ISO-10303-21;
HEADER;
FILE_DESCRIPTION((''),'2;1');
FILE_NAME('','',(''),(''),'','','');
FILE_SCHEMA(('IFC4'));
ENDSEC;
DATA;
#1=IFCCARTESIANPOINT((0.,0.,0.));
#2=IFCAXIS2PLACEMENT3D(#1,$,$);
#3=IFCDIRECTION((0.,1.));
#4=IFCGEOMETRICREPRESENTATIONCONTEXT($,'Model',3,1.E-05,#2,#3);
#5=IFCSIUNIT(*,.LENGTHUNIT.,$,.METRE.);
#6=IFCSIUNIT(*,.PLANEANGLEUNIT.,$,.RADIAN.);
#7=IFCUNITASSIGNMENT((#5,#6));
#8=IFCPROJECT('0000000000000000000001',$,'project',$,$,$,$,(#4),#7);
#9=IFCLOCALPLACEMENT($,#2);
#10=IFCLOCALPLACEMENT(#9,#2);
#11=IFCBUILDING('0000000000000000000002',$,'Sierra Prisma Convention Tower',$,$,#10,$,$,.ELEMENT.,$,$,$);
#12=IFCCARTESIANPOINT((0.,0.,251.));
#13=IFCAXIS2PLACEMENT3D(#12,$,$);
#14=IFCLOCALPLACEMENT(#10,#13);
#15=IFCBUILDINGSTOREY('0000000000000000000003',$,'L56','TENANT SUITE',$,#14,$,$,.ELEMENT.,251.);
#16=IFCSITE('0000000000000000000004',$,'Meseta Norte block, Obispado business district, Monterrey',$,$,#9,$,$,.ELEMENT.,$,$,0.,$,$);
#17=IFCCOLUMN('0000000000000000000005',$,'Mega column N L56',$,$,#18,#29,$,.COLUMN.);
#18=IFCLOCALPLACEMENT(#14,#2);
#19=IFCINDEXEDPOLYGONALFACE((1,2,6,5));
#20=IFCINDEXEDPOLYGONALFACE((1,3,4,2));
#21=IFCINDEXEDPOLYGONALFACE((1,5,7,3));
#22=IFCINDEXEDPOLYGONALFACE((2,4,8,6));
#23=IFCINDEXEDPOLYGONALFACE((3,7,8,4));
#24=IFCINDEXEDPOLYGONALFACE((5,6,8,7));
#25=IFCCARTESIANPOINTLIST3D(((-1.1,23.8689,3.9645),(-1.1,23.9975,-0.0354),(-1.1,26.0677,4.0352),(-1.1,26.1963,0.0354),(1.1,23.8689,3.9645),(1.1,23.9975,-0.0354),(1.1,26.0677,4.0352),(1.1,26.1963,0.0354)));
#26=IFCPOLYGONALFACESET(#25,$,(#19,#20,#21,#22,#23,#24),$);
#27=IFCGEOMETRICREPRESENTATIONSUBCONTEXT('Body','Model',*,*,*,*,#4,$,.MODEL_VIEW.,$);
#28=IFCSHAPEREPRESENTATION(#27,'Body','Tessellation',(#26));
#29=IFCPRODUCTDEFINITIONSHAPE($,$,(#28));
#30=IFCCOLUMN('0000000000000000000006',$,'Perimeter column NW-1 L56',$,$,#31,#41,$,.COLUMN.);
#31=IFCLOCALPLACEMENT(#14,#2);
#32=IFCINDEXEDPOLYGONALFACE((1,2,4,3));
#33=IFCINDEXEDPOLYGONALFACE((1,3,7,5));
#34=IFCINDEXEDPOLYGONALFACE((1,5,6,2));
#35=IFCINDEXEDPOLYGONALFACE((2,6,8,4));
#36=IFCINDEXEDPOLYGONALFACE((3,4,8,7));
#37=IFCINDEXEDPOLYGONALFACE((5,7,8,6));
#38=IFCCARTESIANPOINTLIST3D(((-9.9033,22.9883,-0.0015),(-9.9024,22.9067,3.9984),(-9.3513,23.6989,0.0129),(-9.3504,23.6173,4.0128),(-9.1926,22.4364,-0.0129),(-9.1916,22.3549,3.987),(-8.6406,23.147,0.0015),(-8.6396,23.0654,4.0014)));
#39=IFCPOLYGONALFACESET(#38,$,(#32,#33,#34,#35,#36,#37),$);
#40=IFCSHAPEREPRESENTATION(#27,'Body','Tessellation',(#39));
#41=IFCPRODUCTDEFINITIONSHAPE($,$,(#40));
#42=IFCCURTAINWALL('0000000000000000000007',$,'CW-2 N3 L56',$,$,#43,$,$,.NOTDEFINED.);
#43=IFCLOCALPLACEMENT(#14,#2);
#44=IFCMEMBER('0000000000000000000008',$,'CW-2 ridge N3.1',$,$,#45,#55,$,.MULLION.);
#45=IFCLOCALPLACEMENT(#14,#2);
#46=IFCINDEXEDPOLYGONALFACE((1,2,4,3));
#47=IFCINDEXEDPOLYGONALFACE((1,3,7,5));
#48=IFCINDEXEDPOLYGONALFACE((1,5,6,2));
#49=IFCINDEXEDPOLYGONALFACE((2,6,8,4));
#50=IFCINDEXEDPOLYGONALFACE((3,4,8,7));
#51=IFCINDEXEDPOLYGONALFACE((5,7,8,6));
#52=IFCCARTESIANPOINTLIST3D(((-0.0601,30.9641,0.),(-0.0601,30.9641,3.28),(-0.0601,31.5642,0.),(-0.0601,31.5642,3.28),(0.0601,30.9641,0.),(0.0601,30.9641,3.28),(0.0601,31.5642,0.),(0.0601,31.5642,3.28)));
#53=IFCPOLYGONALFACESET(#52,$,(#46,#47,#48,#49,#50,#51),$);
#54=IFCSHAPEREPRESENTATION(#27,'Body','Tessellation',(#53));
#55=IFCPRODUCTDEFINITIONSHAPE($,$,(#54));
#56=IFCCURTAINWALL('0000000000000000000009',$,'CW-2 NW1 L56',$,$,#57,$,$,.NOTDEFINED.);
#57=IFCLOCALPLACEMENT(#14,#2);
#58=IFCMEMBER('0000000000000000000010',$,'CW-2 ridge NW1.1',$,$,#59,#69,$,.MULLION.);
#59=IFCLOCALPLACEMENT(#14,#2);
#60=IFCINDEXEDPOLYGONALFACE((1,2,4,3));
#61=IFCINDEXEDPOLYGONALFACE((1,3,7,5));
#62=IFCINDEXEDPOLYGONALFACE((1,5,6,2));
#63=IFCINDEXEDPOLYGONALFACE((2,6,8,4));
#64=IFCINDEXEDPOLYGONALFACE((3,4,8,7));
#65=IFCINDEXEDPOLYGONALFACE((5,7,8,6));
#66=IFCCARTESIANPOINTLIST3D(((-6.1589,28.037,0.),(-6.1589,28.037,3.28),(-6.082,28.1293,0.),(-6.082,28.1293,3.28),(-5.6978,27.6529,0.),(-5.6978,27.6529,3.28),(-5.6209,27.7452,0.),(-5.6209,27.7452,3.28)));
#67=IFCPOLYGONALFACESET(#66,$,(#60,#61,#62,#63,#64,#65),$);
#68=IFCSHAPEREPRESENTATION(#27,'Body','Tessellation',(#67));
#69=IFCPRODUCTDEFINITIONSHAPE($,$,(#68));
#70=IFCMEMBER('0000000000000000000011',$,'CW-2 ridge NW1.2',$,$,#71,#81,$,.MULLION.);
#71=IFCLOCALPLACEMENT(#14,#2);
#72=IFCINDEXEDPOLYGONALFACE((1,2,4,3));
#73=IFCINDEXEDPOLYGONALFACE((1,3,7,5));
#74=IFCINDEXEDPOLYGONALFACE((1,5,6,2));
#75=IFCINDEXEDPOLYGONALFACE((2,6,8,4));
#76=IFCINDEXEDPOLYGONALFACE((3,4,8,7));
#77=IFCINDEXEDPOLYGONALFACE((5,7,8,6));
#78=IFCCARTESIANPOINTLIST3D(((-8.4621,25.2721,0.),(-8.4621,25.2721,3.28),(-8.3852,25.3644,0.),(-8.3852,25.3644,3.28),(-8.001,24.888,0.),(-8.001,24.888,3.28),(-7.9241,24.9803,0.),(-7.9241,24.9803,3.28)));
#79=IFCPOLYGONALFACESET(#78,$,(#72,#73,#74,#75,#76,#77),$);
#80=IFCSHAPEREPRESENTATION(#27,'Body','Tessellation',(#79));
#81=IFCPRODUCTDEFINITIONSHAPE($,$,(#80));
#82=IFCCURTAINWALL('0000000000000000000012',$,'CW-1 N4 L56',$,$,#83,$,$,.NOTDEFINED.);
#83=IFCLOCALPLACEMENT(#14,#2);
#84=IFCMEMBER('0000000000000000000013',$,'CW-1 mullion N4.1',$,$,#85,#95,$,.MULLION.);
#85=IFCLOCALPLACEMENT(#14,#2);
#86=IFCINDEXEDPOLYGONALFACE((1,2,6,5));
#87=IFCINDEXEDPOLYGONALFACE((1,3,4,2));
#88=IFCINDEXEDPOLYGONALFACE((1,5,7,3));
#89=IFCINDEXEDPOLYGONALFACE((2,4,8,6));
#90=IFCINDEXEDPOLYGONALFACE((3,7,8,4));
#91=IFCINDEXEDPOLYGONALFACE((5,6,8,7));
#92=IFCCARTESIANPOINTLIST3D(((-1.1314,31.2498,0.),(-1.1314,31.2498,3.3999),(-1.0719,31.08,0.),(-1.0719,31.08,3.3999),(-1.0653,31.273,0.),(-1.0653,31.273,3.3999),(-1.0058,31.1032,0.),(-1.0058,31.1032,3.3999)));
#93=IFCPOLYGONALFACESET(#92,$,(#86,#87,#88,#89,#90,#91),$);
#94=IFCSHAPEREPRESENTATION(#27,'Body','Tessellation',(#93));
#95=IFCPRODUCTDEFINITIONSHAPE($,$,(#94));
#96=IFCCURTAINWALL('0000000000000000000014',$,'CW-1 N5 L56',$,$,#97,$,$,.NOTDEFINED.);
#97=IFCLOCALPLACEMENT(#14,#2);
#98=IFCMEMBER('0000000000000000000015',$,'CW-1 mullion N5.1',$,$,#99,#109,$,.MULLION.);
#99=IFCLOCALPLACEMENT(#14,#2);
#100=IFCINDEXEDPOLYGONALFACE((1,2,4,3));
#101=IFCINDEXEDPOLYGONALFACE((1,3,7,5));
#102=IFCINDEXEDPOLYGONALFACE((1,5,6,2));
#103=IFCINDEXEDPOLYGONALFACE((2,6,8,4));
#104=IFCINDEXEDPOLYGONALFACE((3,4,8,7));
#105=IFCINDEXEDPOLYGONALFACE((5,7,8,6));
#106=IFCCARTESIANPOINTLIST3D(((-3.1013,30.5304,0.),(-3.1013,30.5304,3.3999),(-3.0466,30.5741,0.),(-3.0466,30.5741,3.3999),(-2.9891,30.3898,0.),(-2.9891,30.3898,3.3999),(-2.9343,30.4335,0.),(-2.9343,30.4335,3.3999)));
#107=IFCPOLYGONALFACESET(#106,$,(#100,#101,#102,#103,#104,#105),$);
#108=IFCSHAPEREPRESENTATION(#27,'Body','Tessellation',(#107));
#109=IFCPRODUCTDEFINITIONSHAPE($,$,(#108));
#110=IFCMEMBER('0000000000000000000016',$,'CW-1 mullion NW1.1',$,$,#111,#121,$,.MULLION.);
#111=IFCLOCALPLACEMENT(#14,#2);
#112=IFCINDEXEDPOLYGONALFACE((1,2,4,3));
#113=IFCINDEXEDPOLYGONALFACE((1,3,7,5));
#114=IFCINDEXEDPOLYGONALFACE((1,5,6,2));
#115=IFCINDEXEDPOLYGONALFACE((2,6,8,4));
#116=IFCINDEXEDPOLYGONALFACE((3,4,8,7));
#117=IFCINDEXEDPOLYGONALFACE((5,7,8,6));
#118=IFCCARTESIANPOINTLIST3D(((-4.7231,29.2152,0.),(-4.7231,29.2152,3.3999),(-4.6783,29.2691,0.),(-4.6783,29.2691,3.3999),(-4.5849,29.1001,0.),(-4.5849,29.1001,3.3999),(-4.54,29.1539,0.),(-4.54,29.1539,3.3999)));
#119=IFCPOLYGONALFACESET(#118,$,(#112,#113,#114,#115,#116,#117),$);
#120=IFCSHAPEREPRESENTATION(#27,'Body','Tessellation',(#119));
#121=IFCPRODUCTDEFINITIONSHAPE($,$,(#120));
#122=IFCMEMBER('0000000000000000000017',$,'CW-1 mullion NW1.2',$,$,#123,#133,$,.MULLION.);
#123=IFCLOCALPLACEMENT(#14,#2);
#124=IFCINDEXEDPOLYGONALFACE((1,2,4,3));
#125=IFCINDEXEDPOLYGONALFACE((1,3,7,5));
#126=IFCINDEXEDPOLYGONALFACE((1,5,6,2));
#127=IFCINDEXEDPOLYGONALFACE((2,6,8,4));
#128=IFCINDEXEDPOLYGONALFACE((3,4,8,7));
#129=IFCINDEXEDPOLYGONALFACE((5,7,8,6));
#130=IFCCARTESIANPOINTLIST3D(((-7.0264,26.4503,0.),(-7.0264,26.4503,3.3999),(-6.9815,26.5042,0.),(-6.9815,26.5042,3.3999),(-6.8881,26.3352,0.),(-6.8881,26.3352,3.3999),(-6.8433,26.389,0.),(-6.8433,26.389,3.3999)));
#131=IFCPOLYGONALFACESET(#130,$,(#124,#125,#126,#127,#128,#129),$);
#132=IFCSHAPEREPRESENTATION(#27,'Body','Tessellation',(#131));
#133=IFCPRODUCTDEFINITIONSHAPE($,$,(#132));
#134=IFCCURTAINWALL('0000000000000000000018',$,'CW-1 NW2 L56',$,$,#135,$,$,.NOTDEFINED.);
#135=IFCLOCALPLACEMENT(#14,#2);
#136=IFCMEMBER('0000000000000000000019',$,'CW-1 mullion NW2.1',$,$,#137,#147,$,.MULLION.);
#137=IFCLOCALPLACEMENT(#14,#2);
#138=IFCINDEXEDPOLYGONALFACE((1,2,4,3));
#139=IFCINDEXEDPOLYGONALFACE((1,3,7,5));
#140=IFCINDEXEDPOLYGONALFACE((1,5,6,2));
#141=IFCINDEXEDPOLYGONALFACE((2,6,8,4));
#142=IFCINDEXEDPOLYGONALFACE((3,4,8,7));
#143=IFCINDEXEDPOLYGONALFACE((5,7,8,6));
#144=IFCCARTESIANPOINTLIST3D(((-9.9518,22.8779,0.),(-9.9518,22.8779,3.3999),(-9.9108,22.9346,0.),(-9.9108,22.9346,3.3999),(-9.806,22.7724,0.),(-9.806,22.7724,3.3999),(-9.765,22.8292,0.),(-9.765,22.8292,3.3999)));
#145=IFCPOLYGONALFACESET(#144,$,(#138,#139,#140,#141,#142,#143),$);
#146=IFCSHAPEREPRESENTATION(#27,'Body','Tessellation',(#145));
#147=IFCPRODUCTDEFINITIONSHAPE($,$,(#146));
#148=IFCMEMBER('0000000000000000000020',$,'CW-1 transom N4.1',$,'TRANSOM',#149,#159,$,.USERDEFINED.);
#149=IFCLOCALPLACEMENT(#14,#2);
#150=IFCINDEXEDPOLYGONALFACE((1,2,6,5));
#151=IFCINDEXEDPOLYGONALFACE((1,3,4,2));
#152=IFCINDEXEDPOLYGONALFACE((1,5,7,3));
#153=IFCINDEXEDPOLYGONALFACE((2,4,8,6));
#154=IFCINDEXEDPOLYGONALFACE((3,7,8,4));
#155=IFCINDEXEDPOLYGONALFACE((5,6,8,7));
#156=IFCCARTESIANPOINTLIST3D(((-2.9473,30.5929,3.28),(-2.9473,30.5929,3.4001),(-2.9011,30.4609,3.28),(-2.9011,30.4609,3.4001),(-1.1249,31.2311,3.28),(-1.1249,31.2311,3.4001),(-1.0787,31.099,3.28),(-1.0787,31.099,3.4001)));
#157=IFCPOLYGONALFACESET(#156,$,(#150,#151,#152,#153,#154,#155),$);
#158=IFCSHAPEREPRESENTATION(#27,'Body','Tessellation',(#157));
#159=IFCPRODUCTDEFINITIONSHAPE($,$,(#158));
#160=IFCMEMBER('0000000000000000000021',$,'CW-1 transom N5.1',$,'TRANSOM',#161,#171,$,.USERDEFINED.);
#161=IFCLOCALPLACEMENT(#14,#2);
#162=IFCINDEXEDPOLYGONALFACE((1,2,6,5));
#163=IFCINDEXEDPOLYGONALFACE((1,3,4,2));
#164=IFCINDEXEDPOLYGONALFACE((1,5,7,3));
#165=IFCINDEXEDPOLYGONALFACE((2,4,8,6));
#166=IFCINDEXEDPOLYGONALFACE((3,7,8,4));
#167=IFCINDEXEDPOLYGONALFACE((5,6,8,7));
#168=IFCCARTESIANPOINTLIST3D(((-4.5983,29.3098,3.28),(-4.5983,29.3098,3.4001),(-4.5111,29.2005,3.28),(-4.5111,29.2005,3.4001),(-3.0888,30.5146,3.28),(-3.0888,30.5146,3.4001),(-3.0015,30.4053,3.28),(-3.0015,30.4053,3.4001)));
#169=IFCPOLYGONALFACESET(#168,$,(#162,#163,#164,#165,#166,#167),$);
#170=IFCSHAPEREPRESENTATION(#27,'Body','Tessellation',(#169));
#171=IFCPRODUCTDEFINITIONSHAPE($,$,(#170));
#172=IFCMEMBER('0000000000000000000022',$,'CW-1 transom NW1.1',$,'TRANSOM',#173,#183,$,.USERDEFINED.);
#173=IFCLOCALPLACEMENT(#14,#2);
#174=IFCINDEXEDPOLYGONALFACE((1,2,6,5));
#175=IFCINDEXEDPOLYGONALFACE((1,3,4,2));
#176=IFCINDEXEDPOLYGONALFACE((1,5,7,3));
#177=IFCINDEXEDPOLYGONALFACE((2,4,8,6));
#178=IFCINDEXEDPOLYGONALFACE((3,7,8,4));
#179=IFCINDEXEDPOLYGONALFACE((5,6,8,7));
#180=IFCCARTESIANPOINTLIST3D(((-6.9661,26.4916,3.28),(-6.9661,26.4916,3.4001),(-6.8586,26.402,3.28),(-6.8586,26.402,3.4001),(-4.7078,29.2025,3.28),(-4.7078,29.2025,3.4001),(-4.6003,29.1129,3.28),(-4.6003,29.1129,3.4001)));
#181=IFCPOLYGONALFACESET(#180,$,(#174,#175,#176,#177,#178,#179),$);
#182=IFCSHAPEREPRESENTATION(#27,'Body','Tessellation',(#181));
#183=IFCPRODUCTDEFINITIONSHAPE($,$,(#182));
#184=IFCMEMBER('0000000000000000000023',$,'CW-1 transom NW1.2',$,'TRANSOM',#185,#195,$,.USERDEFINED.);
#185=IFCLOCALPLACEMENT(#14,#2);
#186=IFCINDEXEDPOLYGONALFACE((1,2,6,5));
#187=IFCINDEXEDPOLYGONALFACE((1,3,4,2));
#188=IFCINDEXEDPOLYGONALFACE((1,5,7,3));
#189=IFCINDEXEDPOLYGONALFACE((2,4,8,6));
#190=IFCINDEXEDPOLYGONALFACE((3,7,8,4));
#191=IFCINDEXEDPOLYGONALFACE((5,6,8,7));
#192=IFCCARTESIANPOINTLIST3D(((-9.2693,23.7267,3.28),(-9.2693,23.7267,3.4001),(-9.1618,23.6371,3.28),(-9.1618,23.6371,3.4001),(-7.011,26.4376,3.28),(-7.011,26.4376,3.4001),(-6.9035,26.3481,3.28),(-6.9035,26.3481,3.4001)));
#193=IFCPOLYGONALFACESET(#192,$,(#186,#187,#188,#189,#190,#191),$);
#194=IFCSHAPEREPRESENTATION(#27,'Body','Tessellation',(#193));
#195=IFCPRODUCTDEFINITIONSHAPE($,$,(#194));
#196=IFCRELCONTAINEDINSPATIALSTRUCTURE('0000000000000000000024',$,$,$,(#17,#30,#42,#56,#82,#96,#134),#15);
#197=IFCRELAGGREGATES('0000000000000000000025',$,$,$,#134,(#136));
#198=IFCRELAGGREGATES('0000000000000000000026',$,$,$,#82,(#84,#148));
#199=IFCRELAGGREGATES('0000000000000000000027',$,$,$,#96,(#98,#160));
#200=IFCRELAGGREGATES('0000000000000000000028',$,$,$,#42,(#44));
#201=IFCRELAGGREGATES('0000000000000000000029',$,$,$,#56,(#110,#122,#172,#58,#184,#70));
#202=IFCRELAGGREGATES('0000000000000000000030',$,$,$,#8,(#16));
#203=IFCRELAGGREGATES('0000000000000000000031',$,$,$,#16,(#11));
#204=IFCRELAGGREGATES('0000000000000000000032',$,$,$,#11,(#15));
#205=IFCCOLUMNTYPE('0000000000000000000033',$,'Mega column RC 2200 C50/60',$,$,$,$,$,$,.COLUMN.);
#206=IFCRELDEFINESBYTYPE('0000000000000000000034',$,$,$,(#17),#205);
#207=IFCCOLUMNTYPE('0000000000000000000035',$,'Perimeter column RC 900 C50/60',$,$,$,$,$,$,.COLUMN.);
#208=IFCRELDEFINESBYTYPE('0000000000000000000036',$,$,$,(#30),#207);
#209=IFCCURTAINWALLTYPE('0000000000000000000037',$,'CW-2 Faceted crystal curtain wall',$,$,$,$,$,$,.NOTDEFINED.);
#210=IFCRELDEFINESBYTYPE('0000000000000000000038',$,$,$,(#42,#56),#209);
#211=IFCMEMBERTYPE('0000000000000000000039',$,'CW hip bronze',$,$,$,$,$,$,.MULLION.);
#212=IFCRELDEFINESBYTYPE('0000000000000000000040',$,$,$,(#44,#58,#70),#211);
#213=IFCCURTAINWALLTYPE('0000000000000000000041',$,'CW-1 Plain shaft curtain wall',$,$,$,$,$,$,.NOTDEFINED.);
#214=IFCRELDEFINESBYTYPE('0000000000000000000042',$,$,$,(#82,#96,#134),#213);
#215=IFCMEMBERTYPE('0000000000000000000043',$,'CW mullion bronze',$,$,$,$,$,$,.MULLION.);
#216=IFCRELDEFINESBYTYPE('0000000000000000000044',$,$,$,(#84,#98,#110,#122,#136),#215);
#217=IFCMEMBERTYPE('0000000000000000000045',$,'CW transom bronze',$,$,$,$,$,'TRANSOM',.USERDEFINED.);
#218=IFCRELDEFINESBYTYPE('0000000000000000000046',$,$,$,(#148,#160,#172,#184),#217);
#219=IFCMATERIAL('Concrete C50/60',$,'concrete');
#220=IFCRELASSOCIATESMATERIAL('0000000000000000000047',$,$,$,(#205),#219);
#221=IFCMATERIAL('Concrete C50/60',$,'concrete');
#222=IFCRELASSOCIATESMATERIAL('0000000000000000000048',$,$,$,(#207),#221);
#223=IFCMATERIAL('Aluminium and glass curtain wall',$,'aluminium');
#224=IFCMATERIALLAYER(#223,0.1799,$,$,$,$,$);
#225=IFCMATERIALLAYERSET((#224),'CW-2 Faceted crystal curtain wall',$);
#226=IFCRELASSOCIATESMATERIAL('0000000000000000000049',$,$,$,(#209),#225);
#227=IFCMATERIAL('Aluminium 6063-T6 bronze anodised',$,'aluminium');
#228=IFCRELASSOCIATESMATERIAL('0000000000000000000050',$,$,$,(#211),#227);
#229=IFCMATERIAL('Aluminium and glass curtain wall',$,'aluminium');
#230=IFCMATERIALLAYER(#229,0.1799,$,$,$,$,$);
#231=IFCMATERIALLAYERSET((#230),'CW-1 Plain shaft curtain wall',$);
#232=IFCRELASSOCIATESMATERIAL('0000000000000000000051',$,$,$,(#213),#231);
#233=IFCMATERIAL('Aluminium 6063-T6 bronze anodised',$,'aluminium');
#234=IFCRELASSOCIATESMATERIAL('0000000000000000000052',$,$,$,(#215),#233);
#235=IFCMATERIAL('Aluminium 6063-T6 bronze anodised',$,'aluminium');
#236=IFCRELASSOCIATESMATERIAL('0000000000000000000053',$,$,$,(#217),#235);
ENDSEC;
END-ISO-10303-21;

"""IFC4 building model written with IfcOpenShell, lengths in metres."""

from ifc_helpers import new_model, si_unit, direction, frame, origin, origin_2d, place, context, subcontext, project, spatial, rectangle, extrude, material, layer, layer_set, material_profile, profile_set, type_object, element, aggregate, save


model = new_model("IFC4")

# Units and contexts
model_context = context("Model", 3, precision=1e-05, world=origin(), true_north=direction((0.0, 1.0)))
body_context = subcontext(model_context, "Body", "Model", "MODEL_VIEW")
ifc_project = project(units=[si_unit("LENGTHUNIT", "METRE"), si_unit("PLANEANGLEUNIT", "RADIAN")], contexts=[model_context])

# Site, building, storey
site_placement = place(None, origin())
site = spatial("IfcSite", under=ifc_project, at=site_placement, Name="Meseta Norte block, Obispado business district, Monterrey", CompositionType="ELEMENT", RefElevation=0.0)
building_placement = place(site_placement, origin())
building = spatial("IfcBuilding", under=site, at=building_placement, Name="Sierra Prisma Convention Tower", CompositionType="ELEMENT")
storey_placement = place(building_placement, frame((0.0, 0.0, 251.0)))
storey = spatial("IfcBuildingStorey", under=building, at=storey_placement, Name="L56", Description="TENANT SUITE", CompositionType="ELEMENT", Elevation=251.0)

# Columns
ifc_material_1 = material(Name="Concrete C50/60", Category="concrete")
ifc_material_profile_1 = material_profile(ifc_material_1, rectangle(XDim=2.2, YDim=2.2, at=origin_2d()), Name="Mega column RC 2200 C50/60")
ifc_profile_set_1 = profile_set([ifc_material_profile_1], Name="Concrete C50/60")
column_type_1 = type_object("IfcColumnType", Name="Mega column RC 2200 C50/60", PredefinedType="COLUMN", material=ifc_profile_set_1)
column_1_placement = place(storey_placement, frame((0.0, 25.0969, 0.0), z_axis=(0.0, -0.032149, 0.999483), x_axis=(1.0, 0.0, 0.0)))
element("IfcColumn", 1, at=column_1_placement, inside=storey, type_object=column_type_1, Name="Mega column N L56", PredefinedType="COLUMN", context=body_context, shape_type="SweptSolid", body=[
    extrude(rectangle(XDim=2.2, YDim=2.2, at=origin_2d()), origin(), (0.0, 0.0, 1.0), 4.002),
])
ifc_material_2 = material(Name="Concrete C50/60", Category="concrete")
ifc_material_profile_2 = material_profile(ifc_material_2, rectangle(XDim=0.8999, YDim=0.8999, at=origin_2d()), Name="Perimeter column RC 900 C50/60")
ifc_profile_set_2 = profile_set([ifc_material_profile_2], Name="Concrete C50/60")
column_type_2 = type_object("IfcColumnType", Name="Perimeter column RC 900 C50/60", PredefinedType="COLUMN", material=ifc_profile_set_2)
column_2_placement = place(storey_placement, frame((-9.272, 23.0676, 0.0), z_axis=(0.000244, -0.020382, 0.999792), x_axis=(0.613402, 0.78961, 0.015947)))
element("IfcColumn", 2, at=column_2_placement, inside=storey, type_object=column_type_2, Name="Perimeter column NW-1 L56", PredefinedType="COLUMN", context=body_context, shape_type="SweptSolid", body=[
    extrude(rectangle(XDim=0.8999, YDim=0.8999, at=origin_2d()), origin(), (0.0, 0.0, 1.0), 4.0007),
])

# Curtain wall, member
ifc_material_3 = material(Name="Aluminium and glass curtain wall", Category="aluminium")
ifc_layer_1 = layer(ifc_material_3, 0.1799)
ifc_layer_set_1 = layer_set([ifc_layer_1], Name="CW-2 Faceted crystal curtain wall")
curtain_wall_type_1 = type_object("IfcCurtainWallType", Name="CW-2 Faceted crystal curtain wall", PredefinedType="NOTDEFINED", material=ifc_layer_set_1)
curtain_wall_1_placement = place(storey_placement, origin())
curtain_wall_1 = element("IfcCurtainWall", 3, at=curtain_wall_1_placement, inside=storey, type_object=curtain_wall_type_1, Name="CW-2 N3 L56", PredefinedType="NOTDEFINED")
ifc_material_4 = material(Name="Aluminium 6063-T6 bronze anodised", Category="aluminium")
ifc_material_profile_3 = material_profile(ifc_material_4, rectangle(XDim=0.1201, YDim=0.6001, at=origin_2d()), Name="ALU RIDGE BLADE 120x600")
ifc_profile_set_3 = profile_set([ifc_material_profile_3], Name="Aluminium 6063-T6 bronze anodised")
member_type_1 = type_object("IfcMemberType", Name="CW hip bronze", PredefinedType="MULLION", material=ifc_profile_set_3)
member_1_placement = place(storey_placement, frame((0.0, 31.2642, 0.0), z_axis=(0.0, 0.0, 1.0), x_axis=(-1.0, 0.0, 0.0)))
member_1 = element("IfcMember", 4, at=member_1_placement, type_object=member_type_1, Name="CW-2 ridge N3.1", PredefinedType="MULLION", context=body_context, shape_type="SweptSolid", body=[
    extrude(rectangle(XDim=0.1201, YDim=0.6001, at=origin_2d()), origin(), (0.0, 0.0, 1.0), 3.28),
])

# Curtain wall, members
curtain_wall_2_placement = place(storey_placement, origin())
curtain_wall_2 = element("IfcCurtainWall", 5, at=curtain_wall_2_placement, inside=storey, type_object=curtain_wall_type_1, Name="CW-2 NW1 L56", PredefinedType="NOTDEFINED")
member_2_placement = place(storey_placement, frame((-5.8899, 27.8911, 0.0), z_axis=(0.0, 0.0, 1.0), x_axis=(-0.64004, -0.768341, 0.0)))
member_2 = element("IfcMember", 6, at=member_2_placement, type_object=member_type_1, Name="CW-2 ridge NW1.1", PredefinedType="MULLION", context=body_context, shape_type="SweptSolid", body=[
    extrude(rectangle(XDim=0.1201, YDim=0.6001, at=origin_2d()), origin(), (0.0, 0.0, 1.0), 3.28),
])
member_3_placement = place(storey_placement, frame((-8.1931, 25.1262, 0.0), z_axis=(0.0, 0.0, 1.0), x_axis=(-0.64004, -0.768341, 0.0)))
member_3 = element("IfcMember", 7, at=member_3_placement, type_object=member_type_1, Name="CW-2 ridge NW1.2", PredefinedType="MULLION", context=body_context, shape_type="SweptSolid", body=[
    extrude(rectangle(XDim=0.1201, YDim=0.6001, at=origin_2d()), origin(), (0.0, 0.0, 1.0), 3.28),
])

# Curtain walls, members
ifc_material_5 = material(Name="Aluminium and glass curtain wall", Category="aluminium")
ifc_layer_2 = layer(ifc_material_5, 0.1799)
ifc_layer_set_2 = layer_set([ifc_layer_2], Name="CW-1 Plain shaft curtain wall")
curtain_wall_type_2 = type_object("IfcCurtainWallType", Name="CW-1 Plain shaft curtain wall", PredefinedType="NOTDEFINED", material=ifc_layer_set_2)
curtain_wall_3_placement = place(storey_placement, origin())
curtain_wall_3 = element("IfcCurtainWall", 8, at=curtain_wall_3_placement, inside=storey, type_object=curtain_wall_type_2, Name="CW-1 N4 L56", PredefinedType="NOTDEFINED")
ifc_material_6 = material(Name="Aluminium 6063-T6 bronze anodised", Category="aluminium")
ifc_material_profile_4 = material_profile(ifc_material_6, rectangle(XDim=0.1799, YDim=0.0701, at=origin_2d()), Name="ALU MULLION 70x180")
ifc_profile_set_4 = profile_set([ifc_material_profile_4], Name="Aluminium 6063-T6 bronze anodised")
member_type_2 = type_object("IfcMemberType", Name="CW mullion bronze", PredefinedType="MULLION", material=ifc_profile_set_4)
member_4_placement = place(storey_placement, frame((-1.0686, 31.1765, 0.0), z_axis=(0.0, 0.0, 1.0), x_axis=(0.330489, -0.94381, 0.0)))
member_4 = element("IfcMember", 9, at=member_4_placement, type_object=member_type_2, Name="CW-1 mullion N4.1", PredefinedType="MULLION", context=body_context, shape_type="SweptSolid", body=[
    extrude(rectangle(XDim=0.1799, YDim=0.0701, at=origin_2d()), origin(), (0.0, 0.0, 1.0), 3.3999),
])
curtain_wall_4_placement = place(storey_placement, origin())
curtain_wall_4 = element("IfcCurtainWall", 10, at=curtain_wall_4_placement, inside=storey, type_object=curtain_wall_type_2, Name="CW-1 N5 L56", PredefinedType="NOTDEFINED")
member_5_placement = place(storey_placement, frame((-3.0178, 30.4819, 0.0), z_axis=(0.0, 0.0, 1.0), x_axis=(0.623838, -0.781554, 0.0)))
member_5 = element("IfcMember", 11, at=member_5_placement, type_object=member_type_2, Name="CW-1 mullion N5.1", PredefinedType="MULLION", context=body_context, shape_type="SweptSolid", body=[
    extrude(rectangle(XDim=0.1799, YDim=0.0701, at=origin_2d()), origin(), (0.0, 0.0, 1.0), 3.3999),
])

# Members
member_6_placement = place(storey_placement, frame((-4.6316, 29.1846, 0.0), z_axis=(0.0, 0.0, 1.0), x_axis=(0.768341, -0.64004, 0.0)))
member_6 = element("IfcMember", 12, at=member_6_placement, type_object=member_type_2, Name="CW-1 mullion NW1.1", PredefinedType="MULLION", context=body_context, shape_type="SweptSolid", body=[
    extrude(rectangle(XDim=0.1799, YDim=0.0701, at=origin_2d()), origin(), (0.0, 0.0, 1.0), 3.3999),
])
member_7_placement = place(storey_placement, frame((-6.9348, 26.4197, 0.0), z_axis=(0.0, 0.0, 1.0), x_axis=(0.768341, -0.64004, 0.0)))
member_7 = element("IfcMember", 13, at=member_7_placement, type_object=member_type_2, Name="CW-1 mullion NW1.2", PredefinedType="MULLION", context=body_context, shape_type="SweptSolid", body=[
    extrude(rectangle(XDim=0.1799, YDim=0.0701, at=origin_2d()), origin(), (0.0, 0.0, 1.0), 3.3999),
])

# Curtain wall, member
curtain_wall_5_placement = place(storey_placement, origin())
curtain_wall_5 = element("IfcCurtainWall", 14, at=curtain_wall_5_placement, inside=storey, type_object=curtain_wall_type_2, Name="CW-1 NW2 L56", PredefinedType="NOTDEFINED")
member_8_placement = place(storey_placement, frame((-9.8584, 22.8535, 0.0), z_axis=(0.0, 0.0, 1.0), x_axis=(0.810278, -0.586046, 0.0)))
member_8 = element("IfcMember", 15, at=member_8_placement, type_object=member_type_2, Name="CW-1 mullion NW2.1", PredefinedType="MULLION", context=body_context, shape_type="SweptSolid", body=[
    extrude(rectangle(XDim=0.1799, YDim=0.0701, at=origin_2d()), origin(), (0.0, 0.0, 1.0), 3.3999),
])
aggregate(curtain_wall_5, [member_8])

# Members
ifc_material_7 = material(Name="Aluminium 6063-T6 bronze anodised", Category="aluminium")
ifc_material_profile_5 = material_profile(ifc_material_7, rectangle(XDim=0.1399, YDim=0.1201, at=origin_2d()), Name="ALU TRANSOM 120x140")
ifc_profile_set_5 = profile_set([ifc_material_profile_5], Name="Aluminium 6063-T6 bronze anodised")
member_type_3 = type_object("IfcMemberType", Name="CW transom bronze", ElementType="TRANSOM", PredefinedType="USERDEFINED", material=ifc_profile_set_5)
member_9_placement = place(storey_placement, frame((-1.1018, 31.165, 3.3401), z_axis=(-0.943809, -0.330491, 0.0), x_axis=(0.330491, -0.943809, 0.0)))
member_9 = element("IfcMember", 16, at=member_9_placement, type_object=member_type_3, Name="CW-1 transom N4.1", ObjectType="TRANSOM", PredefinedType="USERDEFINED", context=body_context, shape_type="SweptSolid", body=[
    extrude(rectangle(XDim=0.1399, YDim=0.1201, at=origin_2d()), origin(), (0.0, 0.0, 1.0), 1.9309),
])
member_10_placement = place(storey_placement, frame((-3.0452, 30.46, 3.3401), z_axis=(-0.781571, -0.623816, 0.0), x_axis=(0.623816, -0.781571, 0.0)))
member_10 = element("IfcMember", 17, at=member_10_placement, type_object=member_type_3, Name="CW-1 transom N5.1", ObjectType="TRANSOM", PredefinedType="USERDEFINED", context=body_context, shape_type="SweptSolid", body=[
    extrude(rectangle(XDim=0.1399, YDim=0.1201, at=origin_2d()), origin(), (0.0, 0.0, 1.0), 1.9314),
])
member_11_placement = place(storey_placement, frame((-4.6541, 29.1577, 3.3401), z_axis=(-0.640048, -0.768335, 0.0), x_axis=(0.768335, -0.640048, 0.0)))
member_11 = element("IfcMember", 18, at=member_11_placement, type_object=member_type_3, Name="CW-1 transom NW1.1", ObjectType="TRANSOM", PredefinedType="USERDEFINED", context=body_context, shape_type="SweptSolid", body=[
    extrude(rectangle(XDim=0.1399, YDim=0.1201, at=origin_2d()), origin(), (0.0, 0.0, 1.0), 3.5283),
])
member_12_placement = place(storey_placement, frame((-6.9573, 26.3928, 3.3401), z_axis=(-0.640048, -0.768335, 0.0), x_axis=(0.768335, -0.640048, 0.0)))
member_12 = element("IfcMember", 19, at=member_12_placement, type_object=member_type_3, Name="CW-1 transom NW1.2", ObjectType="TRANSOM", PredefinedType="USERDEFINED", context=body_context, shape_type="SweptSolid", body=[
    extrude(rectangle(XDim=0.1399, YDim=0.1201, at=origin_2d()), origin(), (0.0, 0.0, 1.0), 3.5283),
])

aggregate(curtain_wall_3, [member_4, member_9])
aggregate(curtain_wall_4, [member_5, member_10])
aggregate(curtain_wall_1, [member_1])
aggregate(curtain_wall_2, [member_6, member_7, member_11, member_2, member_12, member_3])

save(model, "model.ifc")
